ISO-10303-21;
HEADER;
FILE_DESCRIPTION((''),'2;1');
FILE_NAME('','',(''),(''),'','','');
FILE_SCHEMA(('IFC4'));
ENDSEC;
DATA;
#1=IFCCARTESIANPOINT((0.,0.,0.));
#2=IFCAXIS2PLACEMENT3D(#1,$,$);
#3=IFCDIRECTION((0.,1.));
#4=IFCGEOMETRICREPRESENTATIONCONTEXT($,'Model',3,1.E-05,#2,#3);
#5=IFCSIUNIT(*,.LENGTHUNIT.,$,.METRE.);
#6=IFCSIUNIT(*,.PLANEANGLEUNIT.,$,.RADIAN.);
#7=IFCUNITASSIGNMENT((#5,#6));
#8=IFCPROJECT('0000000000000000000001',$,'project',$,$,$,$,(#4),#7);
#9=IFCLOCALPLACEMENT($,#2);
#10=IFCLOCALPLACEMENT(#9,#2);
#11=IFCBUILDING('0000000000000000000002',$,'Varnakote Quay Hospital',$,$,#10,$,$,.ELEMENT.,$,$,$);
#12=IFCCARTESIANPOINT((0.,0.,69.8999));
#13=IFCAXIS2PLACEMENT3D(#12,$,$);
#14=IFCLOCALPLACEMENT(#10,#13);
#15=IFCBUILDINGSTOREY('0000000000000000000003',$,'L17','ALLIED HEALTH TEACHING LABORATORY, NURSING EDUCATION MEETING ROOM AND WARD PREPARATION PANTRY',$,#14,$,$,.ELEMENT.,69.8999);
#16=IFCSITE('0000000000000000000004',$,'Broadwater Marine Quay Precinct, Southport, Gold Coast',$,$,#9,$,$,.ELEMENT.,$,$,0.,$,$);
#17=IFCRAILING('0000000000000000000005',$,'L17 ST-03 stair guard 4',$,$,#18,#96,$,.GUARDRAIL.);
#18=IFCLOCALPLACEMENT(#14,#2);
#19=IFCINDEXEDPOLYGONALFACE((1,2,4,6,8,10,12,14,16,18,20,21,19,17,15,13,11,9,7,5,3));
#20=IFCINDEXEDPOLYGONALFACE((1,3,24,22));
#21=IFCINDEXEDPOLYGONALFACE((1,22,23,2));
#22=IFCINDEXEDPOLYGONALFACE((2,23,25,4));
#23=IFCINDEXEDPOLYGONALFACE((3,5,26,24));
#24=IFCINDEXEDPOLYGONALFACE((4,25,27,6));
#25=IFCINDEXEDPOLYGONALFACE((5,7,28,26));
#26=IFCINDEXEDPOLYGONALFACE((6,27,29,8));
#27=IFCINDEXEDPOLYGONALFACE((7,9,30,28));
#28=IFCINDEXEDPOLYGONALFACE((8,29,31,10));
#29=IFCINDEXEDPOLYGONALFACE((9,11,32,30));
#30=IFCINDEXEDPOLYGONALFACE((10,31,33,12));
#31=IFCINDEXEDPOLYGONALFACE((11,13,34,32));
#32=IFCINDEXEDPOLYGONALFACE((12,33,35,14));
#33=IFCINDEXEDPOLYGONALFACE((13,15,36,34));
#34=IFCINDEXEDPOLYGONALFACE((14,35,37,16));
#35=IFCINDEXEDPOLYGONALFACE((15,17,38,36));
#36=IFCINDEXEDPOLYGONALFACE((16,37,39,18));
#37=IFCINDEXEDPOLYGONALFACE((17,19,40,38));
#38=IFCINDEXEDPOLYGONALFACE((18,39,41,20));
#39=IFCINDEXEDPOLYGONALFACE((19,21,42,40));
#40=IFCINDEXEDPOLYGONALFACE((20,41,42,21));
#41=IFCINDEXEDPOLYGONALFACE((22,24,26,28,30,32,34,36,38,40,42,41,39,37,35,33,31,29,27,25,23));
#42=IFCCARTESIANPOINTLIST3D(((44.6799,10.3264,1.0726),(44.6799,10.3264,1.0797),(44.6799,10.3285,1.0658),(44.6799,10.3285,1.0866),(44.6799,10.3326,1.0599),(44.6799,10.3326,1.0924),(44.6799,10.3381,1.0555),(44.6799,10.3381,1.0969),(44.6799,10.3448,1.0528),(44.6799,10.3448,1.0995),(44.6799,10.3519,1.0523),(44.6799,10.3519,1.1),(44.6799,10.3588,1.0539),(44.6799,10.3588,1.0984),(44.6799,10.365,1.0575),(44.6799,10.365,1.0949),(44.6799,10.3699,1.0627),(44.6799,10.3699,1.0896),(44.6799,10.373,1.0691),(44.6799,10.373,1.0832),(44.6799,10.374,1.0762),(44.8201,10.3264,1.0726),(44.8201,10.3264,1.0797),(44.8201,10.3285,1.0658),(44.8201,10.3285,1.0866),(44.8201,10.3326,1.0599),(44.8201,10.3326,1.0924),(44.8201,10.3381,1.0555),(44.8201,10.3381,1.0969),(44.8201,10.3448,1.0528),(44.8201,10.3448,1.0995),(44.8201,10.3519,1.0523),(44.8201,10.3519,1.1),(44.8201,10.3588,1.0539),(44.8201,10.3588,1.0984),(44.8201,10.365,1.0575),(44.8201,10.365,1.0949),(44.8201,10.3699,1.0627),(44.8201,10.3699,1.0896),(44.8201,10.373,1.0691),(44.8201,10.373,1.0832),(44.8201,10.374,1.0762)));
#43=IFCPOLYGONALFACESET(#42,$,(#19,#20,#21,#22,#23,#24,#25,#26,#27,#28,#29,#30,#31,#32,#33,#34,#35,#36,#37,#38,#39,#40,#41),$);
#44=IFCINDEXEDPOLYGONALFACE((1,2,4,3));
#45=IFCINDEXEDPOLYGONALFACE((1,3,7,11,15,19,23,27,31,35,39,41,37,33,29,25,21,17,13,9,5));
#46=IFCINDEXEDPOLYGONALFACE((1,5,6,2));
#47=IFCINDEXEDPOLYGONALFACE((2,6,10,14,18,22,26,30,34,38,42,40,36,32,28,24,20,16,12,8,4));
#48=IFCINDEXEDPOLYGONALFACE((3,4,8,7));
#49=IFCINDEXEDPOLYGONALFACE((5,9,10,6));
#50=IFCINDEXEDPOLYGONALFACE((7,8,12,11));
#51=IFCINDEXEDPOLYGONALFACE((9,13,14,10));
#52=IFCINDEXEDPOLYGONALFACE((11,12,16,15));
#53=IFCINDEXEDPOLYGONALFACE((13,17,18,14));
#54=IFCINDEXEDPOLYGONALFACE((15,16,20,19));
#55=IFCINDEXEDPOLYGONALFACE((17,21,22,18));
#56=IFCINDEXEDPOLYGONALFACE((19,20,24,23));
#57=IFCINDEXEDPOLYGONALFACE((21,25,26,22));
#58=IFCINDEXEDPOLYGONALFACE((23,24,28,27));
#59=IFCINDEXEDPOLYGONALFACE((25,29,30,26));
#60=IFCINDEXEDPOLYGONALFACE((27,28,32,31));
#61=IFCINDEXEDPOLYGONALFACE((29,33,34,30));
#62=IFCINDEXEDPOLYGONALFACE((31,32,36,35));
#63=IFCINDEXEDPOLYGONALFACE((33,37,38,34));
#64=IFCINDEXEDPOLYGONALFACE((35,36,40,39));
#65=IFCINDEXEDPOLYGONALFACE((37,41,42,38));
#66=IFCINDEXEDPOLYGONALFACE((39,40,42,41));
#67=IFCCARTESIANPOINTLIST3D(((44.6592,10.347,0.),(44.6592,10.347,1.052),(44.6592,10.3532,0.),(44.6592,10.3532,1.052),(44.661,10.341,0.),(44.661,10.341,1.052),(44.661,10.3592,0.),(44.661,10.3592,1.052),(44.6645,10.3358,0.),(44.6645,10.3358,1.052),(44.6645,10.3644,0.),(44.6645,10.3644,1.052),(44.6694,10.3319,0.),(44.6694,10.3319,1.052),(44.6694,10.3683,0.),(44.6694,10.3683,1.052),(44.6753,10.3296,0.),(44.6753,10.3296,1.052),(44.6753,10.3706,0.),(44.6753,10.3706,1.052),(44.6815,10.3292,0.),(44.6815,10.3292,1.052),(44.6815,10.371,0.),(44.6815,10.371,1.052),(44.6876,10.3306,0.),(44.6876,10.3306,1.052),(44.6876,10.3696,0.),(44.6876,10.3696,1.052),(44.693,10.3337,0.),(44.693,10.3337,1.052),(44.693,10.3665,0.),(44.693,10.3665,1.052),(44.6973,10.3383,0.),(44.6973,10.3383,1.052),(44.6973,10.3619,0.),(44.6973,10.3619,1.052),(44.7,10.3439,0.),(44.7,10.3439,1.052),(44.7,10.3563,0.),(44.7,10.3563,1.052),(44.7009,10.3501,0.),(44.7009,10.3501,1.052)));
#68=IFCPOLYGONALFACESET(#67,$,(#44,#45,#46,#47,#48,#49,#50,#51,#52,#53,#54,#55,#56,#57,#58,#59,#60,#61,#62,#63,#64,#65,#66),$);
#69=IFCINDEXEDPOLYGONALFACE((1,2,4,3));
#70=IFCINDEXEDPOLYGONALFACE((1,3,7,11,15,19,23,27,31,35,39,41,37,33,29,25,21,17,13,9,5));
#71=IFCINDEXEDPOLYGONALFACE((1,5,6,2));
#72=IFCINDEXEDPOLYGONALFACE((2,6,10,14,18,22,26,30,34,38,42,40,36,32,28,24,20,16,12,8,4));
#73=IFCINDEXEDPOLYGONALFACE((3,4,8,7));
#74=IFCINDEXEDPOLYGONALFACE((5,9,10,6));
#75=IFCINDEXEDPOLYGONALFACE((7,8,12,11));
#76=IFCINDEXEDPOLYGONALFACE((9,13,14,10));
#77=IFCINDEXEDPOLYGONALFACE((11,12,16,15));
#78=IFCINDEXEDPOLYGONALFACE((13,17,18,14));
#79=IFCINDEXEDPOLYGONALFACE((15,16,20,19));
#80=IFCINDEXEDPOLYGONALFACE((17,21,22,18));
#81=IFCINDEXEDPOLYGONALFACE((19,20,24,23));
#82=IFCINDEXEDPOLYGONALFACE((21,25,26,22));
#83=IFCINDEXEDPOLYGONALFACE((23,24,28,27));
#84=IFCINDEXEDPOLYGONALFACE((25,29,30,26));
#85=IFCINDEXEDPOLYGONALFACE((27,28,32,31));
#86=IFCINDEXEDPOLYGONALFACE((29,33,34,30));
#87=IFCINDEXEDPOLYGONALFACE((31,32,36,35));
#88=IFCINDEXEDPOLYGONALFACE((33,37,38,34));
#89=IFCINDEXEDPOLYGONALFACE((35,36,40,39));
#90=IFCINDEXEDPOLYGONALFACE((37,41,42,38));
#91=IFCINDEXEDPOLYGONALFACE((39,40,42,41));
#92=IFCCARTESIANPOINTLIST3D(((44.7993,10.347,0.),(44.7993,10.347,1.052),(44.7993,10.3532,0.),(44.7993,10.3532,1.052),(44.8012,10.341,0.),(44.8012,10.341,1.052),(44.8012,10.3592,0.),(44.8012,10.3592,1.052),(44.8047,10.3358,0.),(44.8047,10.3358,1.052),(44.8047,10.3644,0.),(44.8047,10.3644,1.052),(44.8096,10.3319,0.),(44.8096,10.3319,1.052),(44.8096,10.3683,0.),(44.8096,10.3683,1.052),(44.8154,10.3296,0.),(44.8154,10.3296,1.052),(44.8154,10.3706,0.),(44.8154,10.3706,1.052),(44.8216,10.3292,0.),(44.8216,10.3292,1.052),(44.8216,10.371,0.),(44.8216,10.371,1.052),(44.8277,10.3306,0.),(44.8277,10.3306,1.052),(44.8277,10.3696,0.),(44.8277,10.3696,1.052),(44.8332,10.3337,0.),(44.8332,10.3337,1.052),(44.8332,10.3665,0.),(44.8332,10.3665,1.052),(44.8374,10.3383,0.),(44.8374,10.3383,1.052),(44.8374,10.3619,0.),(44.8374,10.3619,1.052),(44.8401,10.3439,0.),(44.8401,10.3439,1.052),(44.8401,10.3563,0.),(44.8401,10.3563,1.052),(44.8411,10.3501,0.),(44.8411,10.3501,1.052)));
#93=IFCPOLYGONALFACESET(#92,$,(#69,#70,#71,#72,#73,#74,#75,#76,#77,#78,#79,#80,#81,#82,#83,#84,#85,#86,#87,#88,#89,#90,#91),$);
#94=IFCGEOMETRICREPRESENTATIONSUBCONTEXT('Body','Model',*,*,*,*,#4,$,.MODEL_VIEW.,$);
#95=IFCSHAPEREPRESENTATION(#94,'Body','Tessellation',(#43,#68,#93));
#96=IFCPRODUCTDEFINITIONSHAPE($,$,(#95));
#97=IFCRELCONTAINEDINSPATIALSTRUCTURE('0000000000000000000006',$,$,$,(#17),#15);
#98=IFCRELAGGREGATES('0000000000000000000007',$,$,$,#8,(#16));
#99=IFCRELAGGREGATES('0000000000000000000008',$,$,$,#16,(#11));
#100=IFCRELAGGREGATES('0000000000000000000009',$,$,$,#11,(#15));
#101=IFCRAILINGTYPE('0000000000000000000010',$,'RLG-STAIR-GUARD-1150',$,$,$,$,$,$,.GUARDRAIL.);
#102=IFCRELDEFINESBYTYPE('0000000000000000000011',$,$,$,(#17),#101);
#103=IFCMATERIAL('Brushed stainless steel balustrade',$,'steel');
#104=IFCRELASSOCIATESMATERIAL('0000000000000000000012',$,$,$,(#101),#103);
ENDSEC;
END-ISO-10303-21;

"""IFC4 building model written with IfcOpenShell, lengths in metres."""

from ifc_helpers import new_model, si_unit, direction, frame, origin, origin_2d, place, context, subcontext, project, spatial, circle, extrude, material, type_object, element, save


model = new_model("IFC4")

# Units and contexts
model_context = context("Model", 3, precision=1e-05, world=origin(), true_north=direction((0.0, 1.0)))
body_context = subcontext(model_context, "Body", "Model", "MODEL_VIEW")
ifc_project = project(units=[si_unit("LENGTHUNIT", "METRE"), si_unit("PLANEANGLEUNIT", "RADIAN")], contexts=[model_context])

# Site, building, storey
site_placement = place(None, origin())
site = spatial("IfcSite", under=ifc_project, at=site_placement, Name="Broadwater Marine Quay Precinct, Southport, Gold Coast", CompositionType="ELEMENT", RefElevation=0.0)
building_placement = place(site_placement, origin())
building = spatial("IfcBuilding", under=site, at=building_placement, Name="Varnakote Quay Hospital", CompositionType="ELEMENT")
storey_placement = place(building_placement, frame((0.0, 0.0, 69.8999)))
storey = spatial("IfcBuildingStorey", under=building, at=storey_placement, Name="L17", Description="ALLIED HEALTH TEACHING LABORATORY, NURSING EDUCATION MEETING ROOM AND WARD PREPARATION PANTRY", CompositionType="ELEMENT", Elevation=69.8999)

# Railing
ifc_material_1 = material(Name="Brushed stainless steel balustrade", Category="steel")
railing_type_1 = type_object("IfcRailingType", Name="RLG-STAIR-GUARD-1150", PredefinedType="GUARDRAIL", material=ifc_material_1)
railing_1_placement = place(storey_placement, frame((44.6799, 10.3501, 0.0)))
element("IfcRailing", 1, at=railing_1_placement, inside=storey, type_object=railing_type_1, Name="L17 ST-03 stair guard 4", PredefinedType="GUARDRAIL", context=body_context, shape_type="SweptSolid", body=[
    extrude(circle(Radius=0.0239, at=origin_2d()), frame((0.0, 0.0, 1.0762), z_axis=(1.0, 0.0, 0.0), x_axis=(0.0, 1.0, 0.0)), (0.0, 0.0, 1.0), 0.1401),
    extrude(circle(Radius=0.021, at=origin_2d()), origin(), (0.0, 0.0, 1.0), 1.052),
    extrude(circle(Radius=0.021, at=origin_2d()), frame((0.1401, 0.0, 0.0)), (0.0, 0.0, 1.0), 1.052),
])

save(model, "model.ifc")
